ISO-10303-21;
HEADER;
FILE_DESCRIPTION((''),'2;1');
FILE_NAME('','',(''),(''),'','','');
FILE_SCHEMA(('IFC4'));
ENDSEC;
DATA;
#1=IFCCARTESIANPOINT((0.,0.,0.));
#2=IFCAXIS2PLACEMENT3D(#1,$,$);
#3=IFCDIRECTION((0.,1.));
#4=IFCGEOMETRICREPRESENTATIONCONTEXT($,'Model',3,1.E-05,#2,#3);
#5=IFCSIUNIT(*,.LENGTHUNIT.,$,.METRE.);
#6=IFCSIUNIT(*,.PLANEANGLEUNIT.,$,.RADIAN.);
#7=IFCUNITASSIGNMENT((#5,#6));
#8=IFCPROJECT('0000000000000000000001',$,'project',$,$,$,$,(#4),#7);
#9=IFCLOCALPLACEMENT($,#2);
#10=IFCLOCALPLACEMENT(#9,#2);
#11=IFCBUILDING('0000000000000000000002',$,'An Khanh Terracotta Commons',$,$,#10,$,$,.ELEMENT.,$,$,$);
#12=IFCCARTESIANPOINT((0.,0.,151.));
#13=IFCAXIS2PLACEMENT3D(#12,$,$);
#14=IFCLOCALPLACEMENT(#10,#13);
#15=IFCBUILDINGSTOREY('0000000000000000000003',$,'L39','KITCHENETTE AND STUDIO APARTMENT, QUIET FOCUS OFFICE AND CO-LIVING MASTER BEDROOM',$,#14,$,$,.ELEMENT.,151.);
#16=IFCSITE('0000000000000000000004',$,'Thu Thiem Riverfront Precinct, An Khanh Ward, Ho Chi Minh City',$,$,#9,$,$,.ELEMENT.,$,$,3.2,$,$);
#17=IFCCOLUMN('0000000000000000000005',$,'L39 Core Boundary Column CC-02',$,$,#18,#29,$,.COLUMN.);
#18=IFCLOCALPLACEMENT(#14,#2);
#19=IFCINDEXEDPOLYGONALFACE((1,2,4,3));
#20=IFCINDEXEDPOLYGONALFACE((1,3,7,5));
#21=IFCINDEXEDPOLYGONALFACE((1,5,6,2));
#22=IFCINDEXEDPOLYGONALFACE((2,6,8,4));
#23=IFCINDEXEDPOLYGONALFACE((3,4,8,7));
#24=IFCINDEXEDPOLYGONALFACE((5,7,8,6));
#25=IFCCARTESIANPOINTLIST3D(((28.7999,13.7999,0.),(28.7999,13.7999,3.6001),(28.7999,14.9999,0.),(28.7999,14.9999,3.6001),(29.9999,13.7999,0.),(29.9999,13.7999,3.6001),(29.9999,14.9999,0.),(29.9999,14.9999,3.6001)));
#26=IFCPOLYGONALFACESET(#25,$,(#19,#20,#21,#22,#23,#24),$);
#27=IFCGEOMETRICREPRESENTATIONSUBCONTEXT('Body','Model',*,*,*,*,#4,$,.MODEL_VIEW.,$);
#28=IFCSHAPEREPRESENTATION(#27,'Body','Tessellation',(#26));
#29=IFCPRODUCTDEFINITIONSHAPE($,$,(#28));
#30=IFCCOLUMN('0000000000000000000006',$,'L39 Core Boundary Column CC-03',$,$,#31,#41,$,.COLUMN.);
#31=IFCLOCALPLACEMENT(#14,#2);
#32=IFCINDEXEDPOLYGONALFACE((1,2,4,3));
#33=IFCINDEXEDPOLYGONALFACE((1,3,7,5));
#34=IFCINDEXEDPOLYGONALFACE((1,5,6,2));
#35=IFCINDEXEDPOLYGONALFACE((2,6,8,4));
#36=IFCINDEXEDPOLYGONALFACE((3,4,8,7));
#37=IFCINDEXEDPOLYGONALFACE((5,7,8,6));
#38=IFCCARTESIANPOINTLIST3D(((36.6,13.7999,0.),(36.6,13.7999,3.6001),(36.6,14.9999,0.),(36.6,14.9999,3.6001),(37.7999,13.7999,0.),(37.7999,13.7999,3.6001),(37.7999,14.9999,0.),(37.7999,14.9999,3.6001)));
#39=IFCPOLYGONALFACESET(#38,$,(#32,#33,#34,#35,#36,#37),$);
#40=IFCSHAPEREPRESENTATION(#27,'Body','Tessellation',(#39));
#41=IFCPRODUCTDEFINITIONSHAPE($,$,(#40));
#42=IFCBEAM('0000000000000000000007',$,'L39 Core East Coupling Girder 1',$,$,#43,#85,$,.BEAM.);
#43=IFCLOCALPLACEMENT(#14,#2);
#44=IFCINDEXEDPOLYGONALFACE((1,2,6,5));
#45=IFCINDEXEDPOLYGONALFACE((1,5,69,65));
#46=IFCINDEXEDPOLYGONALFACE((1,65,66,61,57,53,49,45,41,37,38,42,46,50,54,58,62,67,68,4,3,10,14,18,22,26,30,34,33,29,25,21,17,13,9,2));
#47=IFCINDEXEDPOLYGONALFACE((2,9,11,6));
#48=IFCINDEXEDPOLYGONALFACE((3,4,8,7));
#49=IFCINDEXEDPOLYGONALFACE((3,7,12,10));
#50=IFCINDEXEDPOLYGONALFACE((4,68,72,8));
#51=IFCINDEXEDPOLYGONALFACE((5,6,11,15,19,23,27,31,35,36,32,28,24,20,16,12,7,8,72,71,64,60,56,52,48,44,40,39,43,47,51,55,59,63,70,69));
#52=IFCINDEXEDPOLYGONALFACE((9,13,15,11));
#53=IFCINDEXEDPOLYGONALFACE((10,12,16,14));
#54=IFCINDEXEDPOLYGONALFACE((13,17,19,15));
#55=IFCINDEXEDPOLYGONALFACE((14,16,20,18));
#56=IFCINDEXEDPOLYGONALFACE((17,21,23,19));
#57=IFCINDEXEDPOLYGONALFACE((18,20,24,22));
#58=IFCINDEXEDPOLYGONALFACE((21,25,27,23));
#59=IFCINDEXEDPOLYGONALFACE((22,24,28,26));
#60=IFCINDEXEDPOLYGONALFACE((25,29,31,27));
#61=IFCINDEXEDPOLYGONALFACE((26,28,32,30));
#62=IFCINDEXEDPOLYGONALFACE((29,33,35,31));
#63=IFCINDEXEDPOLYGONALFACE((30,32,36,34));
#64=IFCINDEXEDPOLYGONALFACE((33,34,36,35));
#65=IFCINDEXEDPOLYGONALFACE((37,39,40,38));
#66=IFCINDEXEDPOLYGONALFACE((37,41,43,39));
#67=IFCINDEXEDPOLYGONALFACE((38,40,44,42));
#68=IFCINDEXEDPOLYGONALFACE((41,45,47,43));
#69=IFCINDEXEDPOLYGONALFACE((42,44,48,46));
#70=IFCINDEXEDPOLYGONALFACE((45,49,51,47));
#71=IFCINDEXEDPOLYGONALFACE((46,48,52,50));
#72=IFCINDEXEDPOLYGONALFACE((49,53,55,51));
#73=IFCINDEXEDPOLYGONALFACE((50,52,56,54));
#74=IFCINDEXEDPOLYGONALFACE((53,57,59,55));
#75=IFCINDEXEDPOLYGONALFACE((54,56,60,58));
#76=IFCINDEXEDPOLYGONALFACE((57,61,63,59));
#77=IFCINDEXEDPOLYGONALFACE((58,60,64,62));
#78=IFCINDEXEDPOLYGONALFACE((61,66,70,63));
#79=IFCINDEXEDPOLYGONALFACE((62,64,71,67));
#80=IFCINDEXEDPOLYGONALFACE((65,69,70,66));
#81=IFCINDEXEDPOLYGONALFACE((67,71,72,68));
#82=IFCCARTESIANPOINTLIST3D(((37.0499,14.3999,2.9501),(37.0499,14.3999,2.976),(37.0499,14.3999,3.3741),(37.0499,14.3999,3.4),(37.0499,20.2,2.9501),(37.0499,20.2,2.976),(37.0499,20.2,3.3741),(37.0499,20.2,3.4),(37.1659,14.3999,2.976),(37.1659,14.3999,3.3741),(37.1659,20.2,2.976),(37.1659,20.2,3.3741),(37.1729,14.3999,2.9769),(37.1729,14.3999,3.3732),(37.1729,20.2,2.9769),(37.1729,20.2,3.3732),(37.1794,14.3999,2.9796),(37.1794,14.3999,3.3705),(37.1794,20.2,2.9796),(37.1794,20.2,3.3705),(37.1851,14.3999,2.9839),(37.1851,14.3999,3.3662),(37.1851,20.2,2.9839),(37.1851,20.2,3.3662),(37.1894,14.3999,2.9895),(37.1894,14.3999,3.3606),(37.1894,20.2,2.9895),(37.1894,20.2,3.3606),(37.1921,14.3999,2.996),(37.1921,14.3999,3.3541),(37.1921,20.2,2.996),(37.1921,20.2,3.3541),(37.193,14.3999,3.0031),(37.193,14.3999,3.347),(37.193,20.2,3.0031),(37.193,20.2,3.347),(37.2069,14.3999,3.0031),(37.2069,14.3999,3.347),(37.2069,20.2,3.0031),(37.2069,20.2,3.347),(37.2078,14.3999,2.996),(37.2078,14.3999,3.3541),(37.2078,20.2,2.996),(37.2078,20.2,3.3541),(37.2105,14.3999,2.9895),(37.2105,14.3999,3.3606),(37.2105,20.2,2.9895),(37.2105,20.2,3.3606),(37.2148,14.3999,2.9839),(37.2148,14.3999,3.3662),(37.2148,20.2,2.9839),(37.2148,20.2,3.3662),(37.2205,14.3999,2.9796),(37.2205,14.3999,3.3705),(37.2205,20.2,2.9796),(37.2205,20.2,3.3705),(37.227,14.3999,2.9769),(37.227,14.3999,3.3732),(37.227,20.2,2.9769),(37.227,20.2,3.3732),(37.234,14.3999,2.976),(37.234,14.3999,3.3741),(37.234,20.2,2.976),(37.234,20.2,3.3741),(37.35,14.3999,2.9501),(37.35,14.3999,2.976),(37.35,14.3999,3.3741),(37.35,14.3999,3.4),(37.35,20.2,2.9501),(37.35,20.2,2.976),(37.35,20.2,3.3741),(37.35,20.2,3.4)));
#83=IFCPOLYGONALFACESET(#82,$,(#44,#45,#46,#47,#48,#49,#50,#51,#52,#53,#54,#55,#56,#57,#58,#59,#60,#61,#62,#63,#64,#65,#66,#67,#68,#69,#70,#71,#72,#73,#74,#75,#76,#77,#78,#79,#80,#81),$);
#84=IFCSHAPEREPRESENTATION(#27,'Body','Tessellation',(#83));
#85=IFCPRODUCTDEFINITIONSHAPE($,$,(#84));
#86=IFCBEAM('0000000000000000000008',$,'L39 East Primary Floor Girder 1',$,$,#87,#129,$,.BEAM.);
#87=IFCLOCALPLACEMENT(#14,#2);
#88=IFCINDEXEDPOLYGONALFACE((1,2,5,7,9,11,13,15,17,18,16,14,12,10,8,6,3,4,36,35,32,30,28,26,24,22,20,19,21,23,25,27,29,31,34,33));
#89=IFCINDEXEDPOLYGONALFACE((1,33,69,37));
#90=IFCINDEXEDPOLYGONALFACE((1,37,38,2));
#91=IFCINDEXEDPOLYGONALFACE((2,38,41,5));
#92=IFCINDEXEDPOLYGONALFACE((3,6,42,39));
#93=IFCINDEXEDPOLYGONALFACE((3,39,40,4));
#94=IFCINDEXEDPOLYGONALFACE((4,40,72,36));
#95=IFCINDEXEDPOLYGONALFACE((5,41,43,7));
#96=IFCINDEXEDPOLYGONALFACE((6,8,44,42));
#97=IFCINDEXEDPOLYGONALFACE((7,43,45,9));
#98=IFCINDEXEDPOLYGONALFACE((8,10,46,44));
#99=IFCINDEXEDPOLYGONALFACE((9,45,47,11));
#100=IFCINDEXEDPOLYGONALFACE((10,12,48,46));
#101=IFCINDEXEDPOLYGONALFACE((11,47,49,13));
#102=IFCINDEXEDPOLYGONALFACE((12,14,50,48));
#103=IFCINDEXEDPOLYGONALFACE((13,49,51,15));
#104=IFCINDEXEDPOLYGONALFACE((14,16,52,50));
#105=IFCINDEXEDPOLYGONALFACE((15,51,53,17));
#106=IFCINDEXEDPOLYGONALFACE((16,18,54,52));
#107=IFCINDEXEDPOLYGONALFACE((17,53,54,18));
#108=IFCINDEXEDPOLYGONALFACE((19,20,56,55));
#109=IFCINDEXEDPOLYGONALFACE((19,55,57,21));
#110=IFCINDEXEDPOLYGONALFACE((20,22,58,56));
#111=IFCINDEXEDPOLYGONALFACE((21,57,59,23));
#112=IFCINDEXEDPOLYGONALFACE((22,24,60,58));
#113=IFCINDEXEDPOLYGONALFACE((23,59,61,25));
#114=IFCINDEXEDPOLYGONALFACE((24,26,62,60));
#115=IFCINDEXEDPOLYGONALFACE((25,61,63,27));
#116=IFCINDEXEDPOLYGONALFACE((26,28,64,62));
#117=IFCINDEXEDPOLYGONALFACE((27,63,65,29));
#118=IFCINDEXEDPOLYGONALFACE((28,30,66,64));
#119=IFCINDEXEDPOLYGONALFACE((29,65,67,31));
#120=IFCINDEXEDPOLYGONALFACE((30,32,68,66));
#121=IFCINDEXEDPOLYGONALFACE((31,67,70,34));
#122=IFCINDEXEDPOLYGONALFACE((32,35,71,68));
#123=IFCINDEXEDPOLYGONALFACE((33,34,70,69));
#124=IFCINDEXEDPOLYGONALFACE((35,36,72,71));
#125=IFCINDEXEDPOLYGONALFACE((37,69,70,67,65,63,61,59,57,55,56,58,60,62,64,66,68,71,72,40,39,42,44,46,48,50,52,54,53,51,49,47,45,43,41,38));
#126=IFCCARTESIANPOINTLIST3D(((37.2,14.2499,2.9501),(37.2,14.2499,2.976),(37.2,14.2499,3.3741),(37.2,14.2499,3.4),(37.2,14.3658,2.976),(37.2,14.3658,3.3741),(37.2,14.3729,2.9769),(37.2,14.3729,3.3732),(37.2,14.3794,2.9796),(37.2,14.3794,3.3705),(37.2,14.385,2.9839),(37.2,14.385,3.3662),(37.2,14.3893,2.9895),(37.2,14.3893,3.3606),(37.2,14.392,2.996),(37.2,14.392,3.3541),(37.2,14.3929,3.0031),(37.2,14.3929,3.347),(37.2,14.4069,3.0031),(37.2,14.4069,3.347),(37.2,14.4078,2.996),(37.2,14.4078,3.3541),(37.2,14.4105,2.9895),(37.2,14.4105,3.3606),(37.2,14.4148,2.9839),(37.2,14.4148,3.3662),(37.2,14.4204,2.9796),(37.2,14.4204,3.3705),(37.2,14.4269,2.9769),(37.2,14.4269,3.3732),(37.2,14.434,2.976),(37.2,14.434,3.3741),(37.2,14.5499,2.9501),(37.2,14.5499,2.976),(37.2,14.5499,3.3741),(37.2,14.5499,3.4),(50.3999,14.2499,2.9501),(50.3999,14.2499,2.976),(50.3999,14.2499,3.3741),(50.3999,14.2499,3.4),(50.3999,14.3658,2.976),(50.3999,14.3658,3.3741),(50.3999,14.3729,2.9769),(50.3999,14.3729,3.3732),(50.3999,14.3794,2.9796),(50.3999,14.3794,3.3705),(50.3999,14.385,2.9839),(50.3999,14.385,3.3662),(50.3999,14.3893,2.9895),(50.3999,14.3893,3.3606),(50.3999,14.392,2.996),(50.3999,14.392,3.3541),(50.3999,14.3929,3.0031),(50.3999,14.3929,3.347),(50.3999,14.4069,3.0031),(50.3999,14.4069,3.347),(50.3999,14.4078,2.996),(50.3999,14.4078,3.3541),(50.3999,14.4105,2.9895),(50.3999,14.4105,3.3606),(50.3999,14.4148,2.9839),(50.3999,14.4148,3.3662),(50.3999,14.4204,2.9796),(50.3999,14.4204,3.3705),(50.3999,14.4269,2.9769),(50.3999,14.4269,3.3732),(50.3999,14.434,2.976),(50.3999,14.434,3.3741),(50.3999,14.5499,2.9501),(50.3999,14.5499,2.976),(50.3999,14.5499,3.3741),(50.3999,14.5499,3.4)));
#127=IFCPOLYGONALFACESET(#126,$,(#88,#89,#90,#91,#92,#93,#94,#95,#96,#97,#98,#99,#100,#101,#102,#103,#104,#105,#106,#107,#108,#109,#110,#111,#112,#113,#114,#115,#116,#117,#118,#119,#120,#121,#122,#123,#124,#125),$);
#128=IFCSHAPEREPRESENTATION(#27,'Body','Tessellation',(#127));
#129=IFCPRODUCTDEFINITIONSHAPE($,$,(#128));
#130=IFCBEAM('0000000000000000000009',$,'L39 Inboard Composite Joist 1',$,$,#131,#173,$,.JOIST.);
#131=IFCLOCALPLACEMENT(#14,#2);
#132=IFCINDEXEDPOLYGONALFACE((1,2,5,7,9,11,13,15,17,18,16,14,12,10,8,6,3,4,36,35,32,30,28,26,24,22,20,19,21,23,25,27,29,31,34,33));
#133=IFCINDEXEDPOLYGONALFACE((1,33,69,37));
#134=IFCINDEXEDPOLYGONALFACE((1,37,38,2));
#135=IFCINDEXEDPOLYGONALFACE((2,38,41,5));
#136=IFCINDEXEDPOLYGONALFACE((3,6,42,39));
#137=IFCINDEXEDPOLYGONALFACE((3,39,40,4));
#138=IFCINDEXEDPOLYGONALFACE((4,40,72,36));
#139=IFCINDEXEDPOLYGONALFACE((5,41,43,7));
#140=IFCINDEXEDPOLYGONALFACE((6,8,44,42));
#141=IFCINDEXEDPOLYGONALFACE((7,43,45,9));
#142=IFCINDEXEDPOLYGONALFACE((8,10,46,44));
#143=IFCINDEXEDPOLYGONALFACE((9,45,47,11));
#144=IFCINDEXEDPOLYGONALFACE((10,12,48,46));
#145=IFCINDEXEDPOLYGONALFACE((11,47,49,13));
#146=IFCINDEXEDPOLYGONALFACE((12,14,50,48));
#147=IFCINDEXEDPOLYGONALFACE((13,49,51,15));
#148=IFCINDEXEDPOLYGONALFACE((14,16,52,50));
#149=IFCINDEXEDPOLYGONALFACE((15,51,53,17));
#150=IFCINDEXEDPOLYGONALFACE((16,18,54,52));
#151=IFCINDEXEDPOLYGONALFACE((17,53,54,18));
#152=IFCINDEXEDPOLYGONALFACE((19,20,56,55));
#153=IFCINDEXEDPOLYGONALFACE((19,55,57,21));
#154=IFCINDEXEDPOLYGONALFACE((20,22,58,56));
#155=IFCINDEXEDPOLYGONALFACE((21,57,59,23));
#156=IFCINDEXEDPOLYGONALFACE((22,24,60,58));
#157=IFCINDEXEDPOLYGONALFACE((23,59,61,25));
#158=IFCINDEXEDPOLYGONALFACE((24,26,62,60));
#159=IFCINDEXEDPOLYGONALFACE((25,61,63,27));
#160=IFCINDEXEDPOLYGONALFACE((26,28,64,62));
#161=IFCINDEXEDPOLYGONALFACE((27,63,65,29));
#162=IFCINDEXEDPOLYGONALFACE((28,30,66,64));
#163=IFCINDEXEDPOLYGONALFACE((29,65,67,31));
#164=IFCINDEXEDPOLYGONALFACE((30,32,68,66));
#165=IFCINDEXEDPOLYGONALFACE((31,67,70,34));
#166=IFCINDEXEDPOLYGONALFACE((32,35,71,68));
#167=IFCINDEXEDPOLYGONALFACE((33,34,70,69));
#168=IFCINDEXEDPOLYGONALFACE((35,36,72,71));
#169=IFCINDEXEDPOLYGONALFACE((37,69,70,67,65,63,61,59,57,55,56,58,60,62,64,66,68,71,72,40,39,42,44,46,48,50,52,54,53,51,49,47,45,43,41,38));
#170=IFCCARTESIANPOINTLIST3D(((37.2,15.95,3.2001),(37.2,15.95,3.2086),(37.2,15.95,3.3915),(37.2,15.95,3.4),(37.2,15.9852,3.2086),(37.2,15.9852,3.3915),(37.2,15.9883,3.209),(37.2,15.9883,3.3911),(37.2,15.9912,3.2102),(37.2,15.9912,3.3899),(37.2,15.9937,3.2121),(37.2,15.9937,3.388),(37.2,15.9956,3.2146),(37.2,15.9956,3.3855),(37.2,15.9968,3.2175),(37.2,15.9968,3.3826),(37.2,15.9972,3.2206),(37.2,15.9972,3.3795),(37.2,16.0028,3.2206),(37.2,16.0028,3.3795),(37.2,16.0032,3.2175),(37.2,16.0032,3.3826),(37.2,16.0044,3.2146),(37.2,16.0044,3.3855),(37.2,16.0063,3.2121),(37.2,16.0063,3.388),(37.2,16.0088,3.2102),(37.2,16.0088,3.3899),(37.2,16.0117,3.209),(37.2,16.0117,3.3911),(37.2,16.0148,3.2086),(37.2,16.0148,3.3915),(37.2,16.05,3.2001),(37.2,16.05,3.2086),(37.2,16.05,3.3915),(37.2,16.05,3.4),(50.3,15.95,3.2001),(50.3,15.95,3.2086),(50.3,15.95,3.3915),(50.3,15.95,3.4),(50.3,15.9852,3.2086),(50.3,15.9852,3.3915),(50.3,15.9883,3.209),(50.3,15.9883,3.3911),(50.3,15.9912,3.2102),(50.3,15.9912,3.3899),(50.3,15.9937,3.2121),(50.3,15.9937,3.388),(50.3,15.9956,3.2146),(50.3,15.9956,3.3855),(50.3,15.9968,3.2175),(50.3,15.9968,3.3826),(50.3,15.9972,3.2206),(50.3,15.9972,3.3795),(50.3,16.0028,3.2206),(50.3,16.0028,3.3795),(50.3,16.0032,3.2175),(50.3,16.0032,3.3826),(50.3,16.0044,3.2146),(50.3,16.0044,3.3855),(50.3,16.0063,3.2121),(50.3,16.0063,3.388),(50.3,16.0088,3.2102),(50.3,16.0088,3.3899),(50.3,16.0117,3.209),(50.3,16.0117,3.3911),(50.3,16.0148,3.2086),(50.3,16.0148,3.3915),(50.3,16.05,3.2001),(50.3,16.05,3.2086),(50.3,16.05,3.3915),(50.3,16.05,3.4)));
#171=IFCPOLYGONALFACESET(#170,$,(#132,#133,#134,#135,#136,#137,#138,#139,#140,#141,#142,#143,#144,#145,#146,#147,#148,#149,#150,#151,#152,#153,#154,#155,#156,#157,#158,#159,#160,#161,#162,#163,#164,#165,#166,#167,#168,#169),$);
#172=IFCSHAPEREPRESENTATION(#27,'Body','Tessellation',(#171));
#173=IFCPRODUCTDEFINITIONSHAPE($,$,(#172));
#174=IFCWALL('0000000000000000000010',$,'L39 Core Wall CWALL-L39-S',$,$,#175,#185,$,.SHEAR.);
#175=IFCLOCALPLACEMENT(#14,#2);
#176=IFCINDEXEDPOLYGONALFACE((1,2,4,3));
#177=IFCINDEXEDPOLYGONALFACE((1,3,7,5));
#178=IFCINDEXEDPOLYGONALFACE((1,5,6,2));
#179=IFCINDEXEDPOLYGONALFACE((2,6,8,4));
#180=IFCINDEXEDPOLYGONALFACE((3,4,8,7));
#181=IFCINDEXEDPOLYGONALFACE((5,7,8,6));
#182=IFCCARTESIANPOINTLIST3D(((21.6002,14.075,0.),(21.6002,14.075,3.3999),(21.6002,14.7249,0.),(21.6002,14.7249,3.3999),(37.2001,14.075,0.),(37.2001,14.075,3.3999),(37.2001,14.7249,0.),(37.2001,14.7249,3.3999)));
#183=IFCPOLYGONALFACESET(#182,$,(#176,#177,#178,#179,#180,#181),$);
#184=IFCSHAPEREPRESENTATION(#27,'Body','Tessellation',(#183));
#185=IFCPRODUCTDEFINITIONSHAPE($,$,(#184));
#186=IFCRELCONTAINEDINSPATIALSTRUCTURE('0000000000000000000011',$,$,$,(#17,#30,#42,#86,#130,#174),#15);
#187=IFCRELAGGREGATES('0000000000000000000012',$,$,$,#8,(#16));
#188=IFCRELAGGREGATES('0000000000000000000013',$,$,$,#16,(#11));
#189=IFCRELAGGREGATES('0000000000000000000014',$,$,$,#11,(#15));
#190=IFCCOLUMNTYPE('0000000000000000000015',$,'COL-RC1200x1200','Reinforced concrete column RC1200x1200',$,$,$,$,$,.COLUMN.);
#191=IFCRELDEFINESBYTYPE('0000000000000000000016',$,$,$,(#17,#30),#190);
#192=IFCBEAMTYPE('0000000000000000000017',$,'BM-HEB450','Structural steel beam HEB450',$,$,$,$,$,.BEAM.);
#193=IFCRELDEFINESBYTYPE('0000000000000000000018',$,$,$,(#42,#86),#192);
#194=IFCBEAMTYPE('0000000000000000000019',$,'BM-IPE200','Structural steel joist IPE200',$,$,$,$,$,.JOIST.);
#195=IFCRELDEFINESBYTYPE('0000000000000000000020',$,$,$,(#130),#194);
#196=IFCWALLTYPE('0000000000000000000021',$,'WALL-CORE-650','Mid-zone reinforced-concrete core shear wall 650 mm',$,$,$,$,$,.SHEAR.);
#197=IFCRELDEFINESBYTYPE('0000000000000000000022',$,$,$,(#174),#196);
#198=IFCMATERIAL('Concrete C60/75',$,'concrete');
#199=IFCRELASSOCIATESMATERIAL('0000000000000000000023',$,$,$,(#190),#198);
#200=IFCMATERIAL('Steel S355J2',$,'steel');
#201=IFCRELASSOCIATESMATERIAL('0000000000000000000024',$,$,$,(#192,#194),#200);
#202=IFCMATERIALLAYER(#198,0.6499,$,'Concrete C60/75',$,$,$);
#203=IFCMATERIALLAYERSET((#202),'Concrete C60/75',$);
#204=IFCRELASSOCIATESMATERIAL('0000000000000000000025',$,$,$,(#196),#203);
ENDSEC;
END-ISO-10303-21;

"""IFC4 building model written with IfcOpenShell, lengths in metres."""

from ifc_helpers import new_model, si_unit, direction, frame, frame_2d, origin, origin_2d, place, context, subcontext, project, spatial, rectangle, i_section, extrude, material, layer, layer_set, material_profile, profile_set, type_object, element, save


model = new_model("IFC4")

# Units and contexts
model_context = context("Model", 3, precision=1e-05, world=origin(), true_north=direction((0.0, 1.0)))
body_context = subcontext(model_context, "Body", "Model", "MODEL_VIEW")
ifc_project = project(units=[si_unit("LENGTHUNIT", "METRE"), si_unit("PLANEANGLEUNIT", "RADIAN")], contexts=[model_context])

# Site, building, storey
site_placement = place(None, origin())
site = spatial("IfcSite", under=ifc_project, at=site_placement, Name="Thu Thiem Riverfront Precinct, An Khanh Ward, Ho Chi Minh City", CompositionType="ELEMENT", RefElevation=3.2)
building_placement = place(site_placement, origin())
building = spatial("IfcBuilding", under=site, at=building_placement, Name="An Khanh Terracotta Commons", CompositionType="ELEMENT")
storey_placement = place(building_placement, frame((0.0, 0.0, 151.0)))
storey = spatial("IfcBuildingStorey", under=building, at=storey_placement, Name="L39", Description="KITCHENETTE AND STUDIO APARTMENT, QUIET FOCUS OFFICE AND CO-LIVING MASTER BEDROOM", CompositionType="ELEMENT", Elevation=151.0)

# Columns
ifc_material_1 = material(Name="Concrete C60/75", Category="concrete")
ifc_material_profile_1 = material_profile(ifc_material_1, rectangle(XDim=1.2, YDim=1.2, at=origin_2d()), Name="RC1200x1200")
ifc_profile_set_1 = profile_set([ifc_material_profile_1], Name="Concrete C60/75")
column_type = type_object("IfcColumnType", Name="COL-RC1200x1200", Description="Reinforced concrete column RC1200x1200", PredefinedType="COLUMN", material=ifc_profile_set_1)
for number, where, z_axis, x_axis, name in (
    (1, (29.3999, 14.3999, 0.0), (0.0, 0.0, 1.0), (1.0, 0.0, 0.0), "L39 Core Boundary Column CC-02"),
    (2, (37.2, 14.3999, 0.0), (0.0, 0.0, 1.0), (1.0, 0.0, 0.0), "L39 Core Boundary Column CC-03"),
):
    element("IfcColumn", number, at=place(storey_placement, frame(where, z_axis=z_axis, x_axis=x_axis)), inside=storey, type_object=column_type, Name=name, PredefinedType="COLUMN", context=body_context, shape_type="SweptSolid", body=[
        extrude(rectangle(XDim=1.2, YDim=1.2, at=origin_2d()), origin(), (0.0, 0.0, 1.0), 3.6001),
    ])

# Beams
ifc_material_2 = material(Name="Steel S355J2", Category="steel")
ifc_material_profile_2 = material_profile(ifc_material_2, i_section(OverallWidth=0.3, OverallDepth=0.45, WebThickness=0.0139, FlangeThickness=0.0259, FilletRadius=0.0271, at=origin_2d()), Name="HEB450")
ifc_profile_set_2 = profile_set([ifc_material_profile_2], Name="Steel S355J2")
beam_type_1 = type_object("IfcBeamType", Name="BM-HEB450", Description="Structural steel beam HEB450", PredefinedType="BEAM", material=ifc_profile_set_2)
beam_1_placement = place(storey_placement, frame((37.2, 14.3999, 3.175), z_axis=(0.0, 1.0, 0.0), x_axis=(-1.0, 0.0, 0.0)))
element("IfcBeam", 3, at=beam_1_placement, inside=storey, type_object=beam_type_1, Name="L39 Core East Coupling Girder 1", PredefinedType="BEAM", context=body_context, shape_type="SweptSolid", body=[
    extrude(i_section(OverallWidth=0.3, OverallDepth=0.45, WebThickness=0.0139, FlangeThickness=0.0259, FilletRadius=0.0271, at=origin_2d()), origin(), (0.0, 0.0, 1.0), 5.8),
])
beam_2_placement = place(storey_placement, frame((37.2, 14.3999, 3.175), z_axis=(1.0, 0.0, 0.0), x_axis=(0.0, 1.0, 0.0)))
element("IfcBeam", 4, at=beam_2_placement, inside=storey, type_object=beam_type_1, Name="L39 East Primary Floor Girder 1", PredefinedType="BEAM", context=body_context, shape_type="SweptSolid", body=[
    extrude(i_section(OverallWidth=0.3, OverallDepth=0.45, WebThickness=0.0139, FlangeThickness=0.0259, FilletRadius=0.0271, at=origin_2d()), origin(), (0.0, 0.0, 1.0), 13.2),
])
ifc_material_profile_3 = material_profile(ifc_material_2, i_section(OverallWidth=0.1001, OverallDepth=0.2, WebThickness=0.0056, FlangeThickness=0.0085, FilletRadius=0.012, at=origin_2d()), Name="IPE200")
ifc_profile_set_3 = profile_set([ifc_material_profile_3], Name="Steel S355J2")
beam_type_2 = type_object("IfcBeamType", Name="BM-IPE200", Description="Structural steel joist IPE200", PredefinedType="JOIST", material=ifc_profile_set_3)
beam_3_placement = place(storey_placement, frame((37.2, 16.0, 3.3), z_axis=(1.0, 0.0, 0.0), x_axis=(0.0, 1.0, 0.0)))
element("IfcBeam", 5, at=beam_3_placement, inside=storey, type_object=beam_type_2, Name="L39 Inboard Composite Joist 1", PredefinedType="JOIST", context=body_context, shape_type="SweptSolid", body=[
    extrude(i_section(OverallWidth=0.1001, OverallDepth=0.2, WebThickness=0.0056, FlangeThickness=0.0085, FilletRadius=0.012, at=origin_2d()), origin(), (0.0, 0.0, 1.0), 13.1001),
])

# Wall
ifc_layer_1 = layer(ifc_material_1, 0.6499, Name="Concrete C60/75")
ifc_layer_set_1 = layer_set([ifc_layer_1], Name="Concrete C60/75")
wall_type_1 = type_object("IfcWallType", Name="WALL-CORE-650", Description="Mid-zone reinforced-concrete core shear wall 650 mm", PredefinedType="SHEAR", material=ifc_layer_set_1)
wall_1_placement = place(storey_placement, frame((37.2, 14.3999, 0.0), z_axis=(0.0, 0.0, 1.0), x_axis=(-1.0, 0.0, 0.0)))
element("IfcWall", 6, at=wall_1_placement, inside=storey, type_object=wall_type_1, Name="L39 Core Wall CWALL-L39-S", PredefinedType="SHEAR", context=body_context, shape_type="SweptSolid", body=[
    extrude(rectangle(XDim=15.5999, YDim=0.6499, at=frame_2d((7.7998, 0.0))), origin(), (0.0, 0.0, 1.0), 3.3999),
])

save(model, "model.ifc")
